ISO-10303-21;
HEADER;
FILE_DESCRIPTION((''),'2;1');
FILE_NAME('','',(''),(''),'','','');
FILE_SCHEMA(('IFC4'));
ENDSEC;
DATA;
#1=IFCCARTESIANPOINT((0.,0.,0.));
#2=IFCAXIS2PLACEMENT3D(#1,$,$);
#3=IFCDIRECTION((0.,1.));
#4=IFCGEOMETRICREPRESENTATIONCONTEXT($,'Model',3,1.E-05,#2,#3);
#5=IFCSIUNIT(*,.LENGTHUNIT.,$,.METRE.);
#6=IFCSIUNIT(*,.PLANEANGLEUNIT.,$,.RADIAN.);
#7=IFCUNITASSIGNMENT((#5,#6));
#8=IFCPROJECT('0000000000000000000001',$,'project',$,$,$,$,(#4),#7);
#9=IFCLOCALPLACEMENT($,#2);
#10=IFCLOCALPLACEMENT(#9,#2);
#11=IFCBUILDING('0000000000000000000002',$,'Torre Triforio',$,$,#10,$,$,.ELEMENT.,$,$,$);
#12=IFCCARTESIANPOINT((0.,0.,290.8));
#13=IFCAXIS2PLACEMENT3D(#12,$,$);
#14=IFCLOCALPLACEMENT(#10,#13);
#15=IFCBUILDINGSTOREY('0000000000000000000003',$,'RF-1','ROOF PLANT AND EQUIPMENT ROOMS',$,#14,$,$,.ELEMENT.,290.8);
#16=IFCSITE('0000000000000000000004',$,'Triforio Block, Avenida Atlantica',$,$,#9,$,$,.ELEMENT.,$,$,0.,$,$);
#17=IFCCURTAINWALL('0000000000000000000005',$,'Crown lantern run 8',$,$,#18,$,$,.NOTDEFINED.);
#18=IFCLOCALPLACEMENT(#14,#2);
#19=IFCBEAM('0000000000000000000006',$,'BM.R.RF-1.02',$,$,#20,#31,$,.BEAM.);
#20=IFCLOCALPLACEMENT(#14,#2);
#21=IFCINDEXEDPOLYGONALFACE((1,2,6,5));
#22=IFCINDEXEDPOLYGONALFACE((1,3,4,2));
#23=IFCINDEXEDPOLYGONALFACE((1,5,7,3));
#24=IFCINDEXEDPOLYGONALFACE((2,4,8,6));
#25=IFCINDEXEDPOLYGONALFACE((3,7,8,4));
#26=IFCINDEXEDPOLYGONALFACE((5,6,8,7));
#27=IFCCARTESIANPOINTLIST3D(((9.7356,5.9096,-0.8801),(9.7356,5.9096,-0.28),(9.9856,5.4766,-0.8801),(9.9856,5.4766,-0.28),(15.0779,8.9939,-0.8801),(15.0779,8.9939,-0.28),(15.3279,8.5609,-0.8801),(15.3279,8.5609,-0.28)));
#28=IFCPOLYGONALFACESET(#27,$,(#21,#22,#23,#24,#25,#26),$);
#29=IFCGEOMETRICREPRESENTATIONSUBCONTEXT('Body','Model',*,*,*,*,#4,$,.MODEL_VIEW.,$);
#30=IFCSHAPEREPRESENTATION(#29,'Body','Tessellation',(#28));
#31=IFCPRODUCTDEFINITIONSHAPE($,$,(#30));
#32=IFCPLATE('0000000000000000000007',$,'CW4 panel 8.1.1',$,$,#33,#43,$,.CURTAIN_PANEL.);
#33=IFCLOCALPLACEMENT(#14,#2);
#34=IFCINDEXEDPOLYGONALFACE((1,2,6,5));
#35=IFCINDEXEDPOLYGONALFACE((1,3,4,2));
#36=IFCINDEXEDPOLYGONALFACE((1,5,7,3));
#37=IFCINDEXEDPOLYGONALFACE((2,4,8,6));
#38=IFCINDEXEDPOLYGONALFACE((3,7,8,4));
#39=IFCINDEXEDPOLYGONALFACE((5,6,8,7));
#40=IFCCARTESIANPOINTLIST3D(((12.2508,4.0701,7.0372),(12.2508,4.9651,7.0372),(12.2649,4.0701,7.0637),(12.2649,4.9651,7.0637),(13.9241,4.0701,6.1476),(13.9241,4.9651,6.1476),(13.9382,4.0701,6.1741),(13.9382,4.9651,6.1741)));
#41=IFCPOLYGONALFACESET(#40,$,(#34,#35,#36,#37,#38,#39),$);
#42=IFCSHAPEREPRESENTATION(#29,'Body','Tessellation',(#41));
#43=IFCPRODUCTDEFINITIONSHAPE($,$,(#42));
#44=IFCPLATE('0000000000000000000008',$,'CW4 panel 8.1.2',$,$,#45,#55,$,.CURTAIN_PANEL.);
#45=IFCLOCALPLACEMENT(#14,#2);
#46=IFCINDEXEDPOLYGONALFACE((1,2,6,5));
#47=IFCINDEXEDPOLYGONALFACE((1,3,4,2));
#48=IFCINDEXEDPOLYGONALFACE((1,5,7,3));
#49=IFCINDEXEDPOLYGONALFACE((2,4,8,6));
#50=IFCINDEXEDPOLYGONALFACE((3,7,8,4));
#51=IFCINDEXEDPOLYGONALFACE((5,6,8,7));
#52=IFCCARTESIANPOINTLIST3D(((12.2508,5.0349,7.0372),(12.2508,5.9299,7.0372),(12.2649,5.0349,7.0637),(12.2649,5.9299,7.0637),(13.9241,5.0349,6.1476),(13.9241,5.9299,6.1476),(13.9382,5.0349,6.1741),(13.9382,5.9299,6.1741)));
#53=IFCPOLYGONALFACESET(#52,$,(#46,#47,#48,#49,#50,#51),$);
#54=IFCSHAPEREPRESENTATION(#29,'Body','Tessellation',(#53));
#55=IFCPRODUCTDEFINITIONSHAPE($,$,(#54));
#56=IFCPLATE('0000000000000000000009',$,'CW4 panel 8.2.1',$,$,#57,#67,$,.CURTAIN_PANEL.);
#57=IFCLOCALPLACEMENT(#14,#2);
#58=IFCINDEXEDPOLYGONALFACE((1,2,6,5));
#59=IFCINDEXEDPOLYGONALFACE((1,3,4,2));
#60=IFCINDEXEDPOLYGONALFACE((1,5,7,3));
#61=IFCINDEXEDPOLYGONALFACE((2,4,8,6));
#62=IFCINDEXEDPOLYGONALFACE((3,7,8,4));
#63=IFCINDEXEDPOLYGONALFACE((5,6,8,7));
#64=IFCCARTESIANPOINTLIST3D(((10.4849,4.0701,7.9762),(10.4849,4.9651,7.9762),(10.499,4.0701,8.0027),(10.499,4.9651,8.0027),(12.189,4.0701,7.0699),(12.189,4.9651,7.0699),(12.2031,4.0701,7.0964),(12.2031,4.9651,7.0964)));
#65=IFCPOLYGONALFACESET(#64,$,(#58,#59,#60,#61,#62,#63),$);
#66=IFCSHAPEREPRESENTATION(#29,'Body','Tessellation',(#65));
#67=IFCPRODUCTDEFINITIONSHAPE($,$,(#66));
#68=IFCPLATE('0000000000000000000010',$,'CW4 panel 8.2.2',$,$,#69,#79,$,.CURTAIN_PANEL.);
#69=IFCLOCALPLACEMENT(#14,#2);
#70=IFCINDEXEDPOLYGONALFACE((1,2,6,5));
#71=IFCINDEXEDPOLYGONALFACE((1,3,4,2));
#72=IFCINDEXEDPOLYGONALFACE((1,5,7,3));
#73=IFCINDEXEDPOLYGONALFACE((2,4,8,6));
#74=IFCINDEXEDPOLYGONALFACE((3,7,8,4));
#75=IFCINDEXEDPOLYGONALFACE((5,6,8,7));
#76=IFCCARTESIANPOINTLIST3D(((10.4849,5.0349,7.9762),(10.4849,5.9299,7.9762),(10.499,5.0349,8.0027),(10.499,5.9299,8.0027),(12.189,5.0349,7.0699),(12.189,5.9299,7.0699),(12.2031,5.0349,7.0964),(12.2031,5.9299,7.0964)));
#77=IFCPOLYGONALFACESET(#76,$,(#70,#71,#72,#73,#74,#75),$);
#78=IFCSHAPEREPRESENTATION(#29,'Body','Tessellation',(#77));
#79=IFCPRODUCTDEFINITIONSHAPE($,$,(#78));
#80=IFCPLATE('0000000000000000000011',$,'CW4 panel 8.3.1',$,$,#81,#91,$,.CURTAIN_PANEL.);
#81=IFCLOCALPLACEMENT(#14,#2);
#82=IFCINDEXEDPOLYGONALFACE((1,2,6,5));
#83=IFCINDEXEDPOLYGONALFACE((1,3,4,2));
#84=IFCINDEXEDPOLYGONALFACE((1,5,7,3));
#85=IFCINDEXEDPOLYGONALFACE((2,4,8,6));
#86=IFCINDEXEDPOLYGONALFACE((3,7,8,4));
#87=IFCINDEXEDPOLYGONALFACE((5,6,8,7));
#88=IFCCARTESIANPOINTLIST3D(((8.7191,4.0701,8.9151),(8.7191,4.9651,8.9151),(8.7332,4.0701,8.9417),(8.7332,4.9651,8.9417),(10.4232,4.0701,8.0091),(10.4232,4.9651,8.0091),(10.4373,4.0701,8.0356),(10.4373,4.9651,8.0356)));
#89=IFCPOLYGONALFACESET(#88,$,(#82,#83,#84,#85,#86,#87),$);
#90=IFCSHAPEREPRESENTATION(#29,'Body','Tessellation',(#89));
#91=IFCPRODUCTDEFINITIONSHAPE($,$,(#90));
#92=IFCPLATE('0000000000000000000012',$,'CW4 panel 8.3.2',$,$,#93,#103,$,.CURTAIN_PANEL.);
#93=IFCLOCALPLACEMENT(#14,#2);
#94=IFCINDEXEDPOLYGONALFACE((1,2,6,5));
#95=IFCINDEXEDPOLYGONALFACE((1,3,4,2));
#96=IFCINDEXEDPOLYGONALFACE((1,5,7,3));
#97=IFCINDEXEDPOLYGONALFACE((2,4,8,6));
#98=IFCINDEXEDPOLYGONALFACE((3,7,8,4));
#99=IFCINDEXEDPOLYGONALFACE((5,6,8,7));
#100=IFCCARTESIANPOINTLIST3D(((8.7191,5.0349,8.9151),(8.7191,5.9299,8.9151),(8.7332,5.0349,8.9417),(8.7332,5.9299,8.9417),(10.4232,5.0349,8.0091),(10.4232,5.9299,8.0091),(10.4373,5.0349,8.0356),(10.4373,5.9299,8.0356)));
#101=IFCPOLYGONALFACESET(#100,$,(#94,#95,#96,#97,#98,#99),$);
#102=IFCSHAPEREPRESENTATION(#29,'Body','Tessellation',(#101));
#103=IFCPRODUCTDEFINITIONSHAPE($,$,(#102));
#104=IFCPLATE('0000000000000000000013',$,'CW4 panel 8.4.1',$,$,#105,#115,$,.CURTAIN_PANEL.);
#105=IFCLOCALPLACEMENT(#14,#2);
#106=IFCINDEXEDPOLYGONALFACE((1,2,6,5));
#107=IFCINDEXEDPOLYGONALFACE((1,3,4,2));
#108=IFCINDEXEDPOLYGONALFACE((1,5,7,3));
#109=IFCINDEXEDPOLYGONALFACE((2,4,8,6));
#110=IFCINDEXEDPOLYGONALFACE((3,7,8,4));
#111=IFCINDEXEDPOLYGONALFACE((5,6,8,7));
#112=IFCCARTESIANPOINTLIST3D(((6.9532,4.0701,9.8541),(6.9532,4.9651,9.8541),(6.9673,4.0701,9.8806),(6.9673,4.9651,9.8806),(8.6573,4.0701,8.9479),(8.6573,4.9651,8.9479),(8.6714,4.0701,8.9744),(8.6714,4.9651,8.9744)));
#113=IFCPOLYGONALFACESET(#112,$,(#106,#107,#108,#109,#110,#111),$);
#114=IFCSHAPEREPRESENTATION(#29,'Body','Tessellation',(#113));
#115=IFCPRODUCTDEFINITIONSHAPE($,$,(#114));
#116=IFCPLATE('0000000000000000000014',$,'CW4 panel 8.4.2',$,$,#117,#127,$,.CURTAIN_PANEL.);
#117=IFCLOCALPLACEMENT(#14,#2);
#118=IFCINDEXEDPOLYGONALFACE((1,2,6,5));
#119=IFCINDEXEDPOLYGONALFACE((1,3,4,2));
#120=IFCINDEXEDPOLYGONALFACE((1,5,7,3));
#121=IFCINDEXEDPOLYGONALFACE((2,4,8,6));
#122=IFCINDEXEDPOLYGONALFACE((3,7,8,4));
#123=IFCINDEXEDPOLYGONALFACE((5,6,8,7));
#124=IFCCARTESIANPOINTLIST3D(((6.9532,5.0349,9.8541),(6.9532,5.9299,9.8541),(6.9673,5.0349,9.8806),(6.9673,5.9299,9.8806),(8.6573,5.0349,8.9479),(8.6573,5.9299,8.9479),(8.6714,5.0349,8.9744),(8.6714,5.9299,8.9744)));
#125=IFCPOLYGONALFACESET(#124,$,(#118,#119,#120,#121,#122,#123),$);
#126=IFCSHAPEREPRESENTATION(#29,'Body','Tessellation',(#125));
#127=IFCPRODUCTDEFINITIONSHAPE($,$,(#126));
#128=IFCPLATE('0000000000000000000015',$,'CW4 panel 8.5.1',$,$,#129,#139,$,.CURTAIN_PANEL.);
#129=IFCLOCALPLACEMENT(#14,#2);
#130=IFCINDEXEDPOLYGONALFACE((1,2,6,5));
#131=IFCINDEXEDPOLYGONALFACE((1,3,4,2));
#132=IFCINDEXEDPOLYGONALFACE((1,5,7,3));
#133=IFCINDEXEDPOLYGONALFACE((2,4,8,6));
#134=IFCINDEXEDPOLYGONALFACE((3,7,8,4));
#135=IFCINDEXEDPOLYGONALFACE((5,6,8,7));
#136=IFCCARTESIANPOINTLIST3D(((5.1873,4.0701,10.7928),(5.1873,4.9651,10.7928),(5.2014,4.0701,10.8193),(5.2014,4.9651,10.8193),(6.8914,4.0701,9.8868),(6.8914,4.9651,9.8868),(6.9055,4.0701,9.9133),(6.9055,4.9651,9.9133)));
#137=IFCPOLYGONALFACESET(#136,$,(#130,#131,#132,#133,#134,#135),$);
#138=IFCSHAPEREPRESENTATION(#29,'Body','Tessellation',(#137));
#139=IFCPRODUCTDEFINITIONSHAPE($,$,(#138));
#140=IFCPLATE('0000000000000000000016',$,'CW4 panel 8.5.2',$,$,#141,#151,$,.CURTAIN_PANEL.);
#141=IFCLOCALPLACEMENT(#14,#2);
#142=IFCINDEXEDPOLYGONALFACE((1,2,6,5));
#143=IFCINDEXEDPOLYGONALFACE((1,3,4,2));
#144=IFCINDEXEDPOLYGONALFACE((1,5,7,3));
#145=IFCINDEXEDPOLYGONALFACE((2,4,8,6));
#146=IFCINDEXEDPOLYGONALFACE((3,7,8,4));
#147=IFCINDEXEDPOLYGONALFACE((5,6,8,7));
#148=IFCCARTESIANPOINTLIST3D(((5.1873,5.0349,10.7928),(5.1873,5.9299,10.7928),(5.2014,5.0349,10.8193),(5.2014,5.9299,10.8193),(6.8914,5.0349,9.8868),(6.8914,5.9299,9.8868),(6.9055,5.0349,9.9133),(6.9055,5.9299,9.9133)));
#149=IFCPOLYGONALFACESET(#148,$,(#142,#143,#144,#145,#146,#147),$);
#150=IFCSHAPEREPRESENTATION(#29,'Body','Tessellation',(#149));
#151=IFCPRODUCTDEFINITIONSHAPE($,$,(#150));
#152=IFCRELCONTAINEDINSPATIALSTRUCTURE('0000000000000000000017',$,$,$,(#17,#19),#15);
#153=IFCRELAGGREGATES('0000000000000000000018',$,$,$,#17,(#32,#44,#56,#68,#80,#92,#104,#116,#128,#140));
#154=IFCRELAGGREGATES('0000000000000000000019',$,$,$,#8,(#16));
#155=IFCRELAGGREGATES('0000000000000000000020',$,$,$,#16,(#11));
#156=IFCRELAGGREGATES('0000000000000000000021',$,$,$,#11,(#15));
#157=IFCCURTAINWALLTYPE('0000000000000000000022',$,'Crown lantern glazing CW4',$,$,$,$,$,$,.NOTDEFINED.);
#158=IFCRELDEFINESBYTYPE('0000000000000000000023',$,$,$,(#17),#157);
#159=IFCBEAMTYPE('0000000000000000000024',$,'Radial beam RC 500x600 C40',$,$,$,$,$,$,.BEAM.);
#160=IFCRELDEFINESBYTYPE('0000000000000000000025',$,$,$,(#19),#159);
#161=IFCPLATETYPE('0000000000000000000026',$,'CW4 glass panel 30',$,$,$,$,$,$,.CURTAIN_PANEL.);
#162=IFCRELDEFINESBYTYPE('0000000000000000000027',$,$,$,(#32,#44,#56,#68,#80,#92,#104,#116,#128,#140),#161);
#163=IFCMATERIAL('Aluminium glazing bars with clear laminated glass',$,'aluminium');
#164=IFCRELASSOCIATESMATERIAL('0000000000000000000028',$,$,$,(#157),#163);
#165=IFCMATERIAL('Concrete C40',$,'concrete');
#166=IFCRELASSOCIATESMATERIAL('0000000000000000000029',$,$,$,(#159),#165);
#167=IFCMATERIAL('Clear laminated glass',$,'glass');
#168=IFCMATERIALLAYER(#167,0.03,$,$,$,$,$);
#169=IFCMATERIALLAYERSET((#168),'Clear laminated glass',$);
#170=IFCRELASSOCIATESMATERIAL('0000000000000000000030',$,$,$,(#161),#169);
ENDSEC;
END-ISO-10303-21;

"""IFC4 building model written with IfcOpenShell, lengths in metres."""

from ifc_helpers import new_model, si_unit, direction, frame, origin, origin_2d, place, context, subcontext, project, spatial, polyline, rectangle, outline, extrude, material, layer, layer_set, material_profile, profile_set, type_object, element, aggregate, save


model = new_model("IFC4")

# Units and contexts
model_context = context("Model", 3, precision=1e-05, world=origin(), true_north=direction((0.0, 1.0)))
body_context = subcontext(model_context, "Body", "Model", "MODEL_VIEW")
ifc_project = project(units=[si_unit("LENGTHUNIT", "METRE"), si_unit("PLANEANGLEUNIT", "RADIAN")], contexts=[model_context])

# Site, building, storey
site_placement = place(None, origin())
site = spatial("IfcSite", under=ifc_project, at=site_placement, Name="Triforio Block, Avenida Atlantica", CompositionType="ELEMENT", RefElevation=0.0)
building_placement = place(site_placement, origin())
building = spatial("IfcBuilding", under=site, at=building_placement, Name="Torre Triforio", CompositionType="ELEMENT")
storey_placement = place(building_placement, frame((0.0, 0.0, 290.8)))
storey = spatial("IfcBuildingStorey", under=building, at=storey_placement, Name="RF-1", Description="ROOF PLANT AND EQUIPMENT ROOMS", CompositionType="ELEMENT", Elevation=290.8)

# Curtain wall
ifc_material_1 = material(Name="Aluminium glazing bars with clear laminated glass", Category="aluminium")
curtain_wall_type = type_object("IfcCurtainWallType", Name="Crown lantern glazing CW4", PredefinedType="NOTDEFINED", material=ifc_material_1)
curtain_wall_placement = place(storey_placement, origin())
curtain_wall = element("IfcCurtainWall", 1, at=curtain_wall_placement, inside=storey, type_object=curtain_wall_type, Name="Crown lantern run 8", PredefinedType="NOTDEFINED")

# Beam
ifc_material_2 = material(Name="Concrete C40", Category="concrete")
ifc_material_profile_1 = material_profile(ifc_material_2, rectangle(XDim=0.5, YDim=0.6001, at=origin_2d()), Name="RC 500x600")
ifc_profile_set_1 = profile_set([ifc_material_profile_1], Name="Concrete C40")
beam_type = type_object("IfcBeamType", Name="Radial beam RC 500x600 C40", PredefinedType="BEAM", material=ifc_profile_set_1)
beam_placement = place(storey_placement, frame((9.8606, 5.6931, -0.5801), z_axis=(0.866035, 0.499983, 0.0), x_axis=(-0.499983, 0.866035, 0.0)))
element("IfcBeam", 2, at=beam_placement, inside=storey, type_object=beam_type, Name="BM.R.RF-1.02", PredefinedType="BEAM", context=body_context, shape_type="SweptSolid", body=[
    extrude(rectangle(XDim=0.5, YDim=0.6001, at=origin_2d()), origin(), (0.0, 0.0, 1.0), 6.1687),
])

# Plates
ifc_material_3 = material(Name="Clear laminated glass", Category="glass")
ifc_layer_1 = layer(ifc_material_3, 0.03)
ifc_layer_set_1 = layer_set([ifc_layer_1], Name="Clear laminated glass")
plate_type = type_object("IfcPlateType", Name="CW4 glass panel 30", PredefinedType="CURTAIN_PANEL", material=ifc_layer_set_1)
plate_1_placement = place(storey_placement, frame((13.9382, 4.0701, 6.1741), z_axis=(0.469438, 0.0, 0.882966), x_axis=(0.0, 1.0, 0.0)))
plate_1 = element("IfcPlate", 3, at=plate_1_placement, type_object=plate_type, Name="CW4 panel 8.1.1", PredefinedType="CURTAIN_PANEL", context=body_context, shape_type="SweptSolid", body=[
    extrude(outline(polyline([(0.0, 0.0), (0.895, 0.0), (0.895, 1.8951), (0.0, 1.8951), (0.0, 0.0)])), origin(), (0.0, 0.0, -1.0), 0.03),
])
plate_2_placement = place(storey_placement, frame((13.9382, 5.0349, 6.1741), z_axis=(0.469438, 0.0, 0.882966), x_axis=(0.0, 1.0, 0.0)))
plate_2 = element("IfcPlate", 4, at=plate_2_placement, type_object=plate_type, Name="CW4 panel 8.1.2", PredefinedType="CURTAIN_PANEL", context=body_context, shape_type="SweptSolid", body=[
    extrude(outline(polyline([(0.0, 0.0), (0.895, 0.0), (0.895, 1.8951), (0.0, 1.8951), (0.0, 0.0)])), origin(), (0.0, 0.0, -1.0), 0.03),
])
plate_3_placement = place(storey_placement, frame((12.2031, 4.0701, 7.0964), z_axis=(0.469537, 0.0, 0.882913), x_axis=(0.0, 1.0, 0.0)))
plate_3 = element("IfcPlate", 5, at=plate_3_placement, type_object=plate_type, Name="CW4 panel 8.2.1", PredefinedType="CURTAIN_PANEL", context=body_context, shape_type="SweptSolid", body=[
    extrude(outline(polyline([(0.0, 0.0), (0.895, 0.0), (0.895, 1.9301), (0.0, 1.9301), (0.0, 0.0)])), origin(), (0.0, 0.0, -1.0), 0.03),
])
plate_4_placement = place(storey_placement, frame((12.2031, 5.0349, 7.0964), z_axis=(0.469537, 0.0, 0.882913), x_axis=(0.0, 1.0, 0.0)))
plate_4 = element("IfcPlate", 6, at=plate_4_placement, type_object=plate_type, Name="CW4 panel 8.2.2", PredefinedType="CURTAIN_PANEL", context=body_context, shape_type="SweptSolid", body=[
    extrude(outline(polyline([(0.0, 0.0), (0.895, 0.0), (0.895, 1.9301), (0.0, 1.9301), (0.0, 0.0)])), origin(), (0.0, 0.0, -1.0), 0.03),
])
plate_5_placement = place(storey_placement, frame((10.4373, 4.0701, 8.0356), z_axis=(0.469439, 0.0, 0.882965), x_axis=(0.0, 1.0, 0.0)))
plate_5 = element("IfcPlate", 7, at=plate_5_placement, type_object=plate_type, Name="CW4 panel 8.3.1", PredefinedType="CURTAIN_PANEL", context=body_context, shape_type="SweptSolid", body=[
    extrude(outline(polyline([(0.0, 0.0), (0.895, 0.0), (0.895, 1.93), (0.0, 1.93), (0.0, 0.0)])), origin(), (0.0, 0.0, -1.0), 0.03),
])
plate_6_placement = place(storey_placement, frame((10.4373, 5.0349, 8.0356), z_axis=(0.469439, 0.0, 0.882965), x_axis=(0.0, 1.0, 0.0)))
plate_6 = element("IfcPlate", 8, at=plate_6_placement, type_object=plate_type, Name="CW4 panel 8.3.2", PredefinedType="CURTAIN_PANEL", context=body_context, shape_type="SweptSolid", body=[
    extrude(outline(polyline([(0.0, 0.0), (0.895, 0.0), (0.895, 1.93), (0.0, 1.93), (0.0, 0.0)])), origin(), (0.0, 0.0, -1.0), 0.03),
])
plate_7_placement = place(storey_placement, frame((8.6714, 4.0701, 8.9744), z_axis=(0.469537, 0.0, 0.882913), x_axis=(0.0, 1.0, 0.0)))
plate_7 = element("IfcPlate", 9, at=plate_7_placement, type_object=plate_type, Name="CW4 panel 8.4.1", PredefinedType="CURTAIN_PANEL", context=body_context, shape_type="SweptSolid", body=[
    extrude(outline(polyline([(0.0, 0.0), (0.895, 0.0), (0.895, 1.9301), (0.0, 1.9301), (0.0, 0.0)])), origin(), (0.0, 0.0, -1.0), 0.03),
])
plate_8_placement = place(storey_placement, frame((8.6714, 5.0349, 8.9744), z_axis=(0.469537, 0.0, 0.882913), x_axis=(0.0, 1.0, 0.0)))
plate_8 = element("IfcPlate", 10, at=plate_8_placement, type_object=plate_type, Name="CW4 panel 8.4.2", PredefinedType="CURTAIN_PANEL", context=body_context, shape_type="SweptSolid", body=[
    extrude(outline(polyline([(0.0, 0.0), (0.895, 0.0), (0.895, 1.9301), (0.0, 1.9301), (0.0, 0.0)])), origin(), (0.0, 0.0, -1.0), 0.03),
])
plate_9_placement = place(storey_placement, frame((6.9055, 4.0701, 9.9133), z_axis=(0.469439, 0.0, 0.882965), x_axis=(0.0, 1.0, 0.0)))
plate_9 = element("IfcPlate", 11, at=plate_9_placement, type_object=plate_type, Name="CW4 panel 8.5.1", PredefinedType="CURTAIN_PANEL", context=body_context, shape_type="SweptSolid", body=[
    extrude(outline(polyline([(0.0, 0.0), (0.895, 0.0), (0.895, 1.93), (0.0, 1.93), (0.0, 0.0)])), origin(), (0.0, 0.0, -1.0), 0.03),
])
plate_10_placement = place(storey_placement, frame((6.9055, 5.0349, 9.9133), z_axis=(0.469439, 0.0, 0.882965), x_axis=(0.0, 1.0, 0.0)))
plate_10 = element("IfcPlate", 12, at=plate_10_placement, type_object=plate_type, Name="CW4 panel 8.5.2", PredefinedType="CURTAIN_PANEL", context=body_context, shape_type="SweptSolid", body=[
    extrude(outline(polyline([(0.0, 0.0), (0.895, 0.0), (0.895, 1.93), (0.0, 1.93), (0.0, 0.0)])), origin(), (0.0, 0.0, -1.0), 0.03),
])
aggregate(curtain_wall, [plate_1, plate_2, plate_3, plate_4, plate_5, plate_6, plate_7, plate_8, plate_9, plate_10])

save(model, "model.ifc")
